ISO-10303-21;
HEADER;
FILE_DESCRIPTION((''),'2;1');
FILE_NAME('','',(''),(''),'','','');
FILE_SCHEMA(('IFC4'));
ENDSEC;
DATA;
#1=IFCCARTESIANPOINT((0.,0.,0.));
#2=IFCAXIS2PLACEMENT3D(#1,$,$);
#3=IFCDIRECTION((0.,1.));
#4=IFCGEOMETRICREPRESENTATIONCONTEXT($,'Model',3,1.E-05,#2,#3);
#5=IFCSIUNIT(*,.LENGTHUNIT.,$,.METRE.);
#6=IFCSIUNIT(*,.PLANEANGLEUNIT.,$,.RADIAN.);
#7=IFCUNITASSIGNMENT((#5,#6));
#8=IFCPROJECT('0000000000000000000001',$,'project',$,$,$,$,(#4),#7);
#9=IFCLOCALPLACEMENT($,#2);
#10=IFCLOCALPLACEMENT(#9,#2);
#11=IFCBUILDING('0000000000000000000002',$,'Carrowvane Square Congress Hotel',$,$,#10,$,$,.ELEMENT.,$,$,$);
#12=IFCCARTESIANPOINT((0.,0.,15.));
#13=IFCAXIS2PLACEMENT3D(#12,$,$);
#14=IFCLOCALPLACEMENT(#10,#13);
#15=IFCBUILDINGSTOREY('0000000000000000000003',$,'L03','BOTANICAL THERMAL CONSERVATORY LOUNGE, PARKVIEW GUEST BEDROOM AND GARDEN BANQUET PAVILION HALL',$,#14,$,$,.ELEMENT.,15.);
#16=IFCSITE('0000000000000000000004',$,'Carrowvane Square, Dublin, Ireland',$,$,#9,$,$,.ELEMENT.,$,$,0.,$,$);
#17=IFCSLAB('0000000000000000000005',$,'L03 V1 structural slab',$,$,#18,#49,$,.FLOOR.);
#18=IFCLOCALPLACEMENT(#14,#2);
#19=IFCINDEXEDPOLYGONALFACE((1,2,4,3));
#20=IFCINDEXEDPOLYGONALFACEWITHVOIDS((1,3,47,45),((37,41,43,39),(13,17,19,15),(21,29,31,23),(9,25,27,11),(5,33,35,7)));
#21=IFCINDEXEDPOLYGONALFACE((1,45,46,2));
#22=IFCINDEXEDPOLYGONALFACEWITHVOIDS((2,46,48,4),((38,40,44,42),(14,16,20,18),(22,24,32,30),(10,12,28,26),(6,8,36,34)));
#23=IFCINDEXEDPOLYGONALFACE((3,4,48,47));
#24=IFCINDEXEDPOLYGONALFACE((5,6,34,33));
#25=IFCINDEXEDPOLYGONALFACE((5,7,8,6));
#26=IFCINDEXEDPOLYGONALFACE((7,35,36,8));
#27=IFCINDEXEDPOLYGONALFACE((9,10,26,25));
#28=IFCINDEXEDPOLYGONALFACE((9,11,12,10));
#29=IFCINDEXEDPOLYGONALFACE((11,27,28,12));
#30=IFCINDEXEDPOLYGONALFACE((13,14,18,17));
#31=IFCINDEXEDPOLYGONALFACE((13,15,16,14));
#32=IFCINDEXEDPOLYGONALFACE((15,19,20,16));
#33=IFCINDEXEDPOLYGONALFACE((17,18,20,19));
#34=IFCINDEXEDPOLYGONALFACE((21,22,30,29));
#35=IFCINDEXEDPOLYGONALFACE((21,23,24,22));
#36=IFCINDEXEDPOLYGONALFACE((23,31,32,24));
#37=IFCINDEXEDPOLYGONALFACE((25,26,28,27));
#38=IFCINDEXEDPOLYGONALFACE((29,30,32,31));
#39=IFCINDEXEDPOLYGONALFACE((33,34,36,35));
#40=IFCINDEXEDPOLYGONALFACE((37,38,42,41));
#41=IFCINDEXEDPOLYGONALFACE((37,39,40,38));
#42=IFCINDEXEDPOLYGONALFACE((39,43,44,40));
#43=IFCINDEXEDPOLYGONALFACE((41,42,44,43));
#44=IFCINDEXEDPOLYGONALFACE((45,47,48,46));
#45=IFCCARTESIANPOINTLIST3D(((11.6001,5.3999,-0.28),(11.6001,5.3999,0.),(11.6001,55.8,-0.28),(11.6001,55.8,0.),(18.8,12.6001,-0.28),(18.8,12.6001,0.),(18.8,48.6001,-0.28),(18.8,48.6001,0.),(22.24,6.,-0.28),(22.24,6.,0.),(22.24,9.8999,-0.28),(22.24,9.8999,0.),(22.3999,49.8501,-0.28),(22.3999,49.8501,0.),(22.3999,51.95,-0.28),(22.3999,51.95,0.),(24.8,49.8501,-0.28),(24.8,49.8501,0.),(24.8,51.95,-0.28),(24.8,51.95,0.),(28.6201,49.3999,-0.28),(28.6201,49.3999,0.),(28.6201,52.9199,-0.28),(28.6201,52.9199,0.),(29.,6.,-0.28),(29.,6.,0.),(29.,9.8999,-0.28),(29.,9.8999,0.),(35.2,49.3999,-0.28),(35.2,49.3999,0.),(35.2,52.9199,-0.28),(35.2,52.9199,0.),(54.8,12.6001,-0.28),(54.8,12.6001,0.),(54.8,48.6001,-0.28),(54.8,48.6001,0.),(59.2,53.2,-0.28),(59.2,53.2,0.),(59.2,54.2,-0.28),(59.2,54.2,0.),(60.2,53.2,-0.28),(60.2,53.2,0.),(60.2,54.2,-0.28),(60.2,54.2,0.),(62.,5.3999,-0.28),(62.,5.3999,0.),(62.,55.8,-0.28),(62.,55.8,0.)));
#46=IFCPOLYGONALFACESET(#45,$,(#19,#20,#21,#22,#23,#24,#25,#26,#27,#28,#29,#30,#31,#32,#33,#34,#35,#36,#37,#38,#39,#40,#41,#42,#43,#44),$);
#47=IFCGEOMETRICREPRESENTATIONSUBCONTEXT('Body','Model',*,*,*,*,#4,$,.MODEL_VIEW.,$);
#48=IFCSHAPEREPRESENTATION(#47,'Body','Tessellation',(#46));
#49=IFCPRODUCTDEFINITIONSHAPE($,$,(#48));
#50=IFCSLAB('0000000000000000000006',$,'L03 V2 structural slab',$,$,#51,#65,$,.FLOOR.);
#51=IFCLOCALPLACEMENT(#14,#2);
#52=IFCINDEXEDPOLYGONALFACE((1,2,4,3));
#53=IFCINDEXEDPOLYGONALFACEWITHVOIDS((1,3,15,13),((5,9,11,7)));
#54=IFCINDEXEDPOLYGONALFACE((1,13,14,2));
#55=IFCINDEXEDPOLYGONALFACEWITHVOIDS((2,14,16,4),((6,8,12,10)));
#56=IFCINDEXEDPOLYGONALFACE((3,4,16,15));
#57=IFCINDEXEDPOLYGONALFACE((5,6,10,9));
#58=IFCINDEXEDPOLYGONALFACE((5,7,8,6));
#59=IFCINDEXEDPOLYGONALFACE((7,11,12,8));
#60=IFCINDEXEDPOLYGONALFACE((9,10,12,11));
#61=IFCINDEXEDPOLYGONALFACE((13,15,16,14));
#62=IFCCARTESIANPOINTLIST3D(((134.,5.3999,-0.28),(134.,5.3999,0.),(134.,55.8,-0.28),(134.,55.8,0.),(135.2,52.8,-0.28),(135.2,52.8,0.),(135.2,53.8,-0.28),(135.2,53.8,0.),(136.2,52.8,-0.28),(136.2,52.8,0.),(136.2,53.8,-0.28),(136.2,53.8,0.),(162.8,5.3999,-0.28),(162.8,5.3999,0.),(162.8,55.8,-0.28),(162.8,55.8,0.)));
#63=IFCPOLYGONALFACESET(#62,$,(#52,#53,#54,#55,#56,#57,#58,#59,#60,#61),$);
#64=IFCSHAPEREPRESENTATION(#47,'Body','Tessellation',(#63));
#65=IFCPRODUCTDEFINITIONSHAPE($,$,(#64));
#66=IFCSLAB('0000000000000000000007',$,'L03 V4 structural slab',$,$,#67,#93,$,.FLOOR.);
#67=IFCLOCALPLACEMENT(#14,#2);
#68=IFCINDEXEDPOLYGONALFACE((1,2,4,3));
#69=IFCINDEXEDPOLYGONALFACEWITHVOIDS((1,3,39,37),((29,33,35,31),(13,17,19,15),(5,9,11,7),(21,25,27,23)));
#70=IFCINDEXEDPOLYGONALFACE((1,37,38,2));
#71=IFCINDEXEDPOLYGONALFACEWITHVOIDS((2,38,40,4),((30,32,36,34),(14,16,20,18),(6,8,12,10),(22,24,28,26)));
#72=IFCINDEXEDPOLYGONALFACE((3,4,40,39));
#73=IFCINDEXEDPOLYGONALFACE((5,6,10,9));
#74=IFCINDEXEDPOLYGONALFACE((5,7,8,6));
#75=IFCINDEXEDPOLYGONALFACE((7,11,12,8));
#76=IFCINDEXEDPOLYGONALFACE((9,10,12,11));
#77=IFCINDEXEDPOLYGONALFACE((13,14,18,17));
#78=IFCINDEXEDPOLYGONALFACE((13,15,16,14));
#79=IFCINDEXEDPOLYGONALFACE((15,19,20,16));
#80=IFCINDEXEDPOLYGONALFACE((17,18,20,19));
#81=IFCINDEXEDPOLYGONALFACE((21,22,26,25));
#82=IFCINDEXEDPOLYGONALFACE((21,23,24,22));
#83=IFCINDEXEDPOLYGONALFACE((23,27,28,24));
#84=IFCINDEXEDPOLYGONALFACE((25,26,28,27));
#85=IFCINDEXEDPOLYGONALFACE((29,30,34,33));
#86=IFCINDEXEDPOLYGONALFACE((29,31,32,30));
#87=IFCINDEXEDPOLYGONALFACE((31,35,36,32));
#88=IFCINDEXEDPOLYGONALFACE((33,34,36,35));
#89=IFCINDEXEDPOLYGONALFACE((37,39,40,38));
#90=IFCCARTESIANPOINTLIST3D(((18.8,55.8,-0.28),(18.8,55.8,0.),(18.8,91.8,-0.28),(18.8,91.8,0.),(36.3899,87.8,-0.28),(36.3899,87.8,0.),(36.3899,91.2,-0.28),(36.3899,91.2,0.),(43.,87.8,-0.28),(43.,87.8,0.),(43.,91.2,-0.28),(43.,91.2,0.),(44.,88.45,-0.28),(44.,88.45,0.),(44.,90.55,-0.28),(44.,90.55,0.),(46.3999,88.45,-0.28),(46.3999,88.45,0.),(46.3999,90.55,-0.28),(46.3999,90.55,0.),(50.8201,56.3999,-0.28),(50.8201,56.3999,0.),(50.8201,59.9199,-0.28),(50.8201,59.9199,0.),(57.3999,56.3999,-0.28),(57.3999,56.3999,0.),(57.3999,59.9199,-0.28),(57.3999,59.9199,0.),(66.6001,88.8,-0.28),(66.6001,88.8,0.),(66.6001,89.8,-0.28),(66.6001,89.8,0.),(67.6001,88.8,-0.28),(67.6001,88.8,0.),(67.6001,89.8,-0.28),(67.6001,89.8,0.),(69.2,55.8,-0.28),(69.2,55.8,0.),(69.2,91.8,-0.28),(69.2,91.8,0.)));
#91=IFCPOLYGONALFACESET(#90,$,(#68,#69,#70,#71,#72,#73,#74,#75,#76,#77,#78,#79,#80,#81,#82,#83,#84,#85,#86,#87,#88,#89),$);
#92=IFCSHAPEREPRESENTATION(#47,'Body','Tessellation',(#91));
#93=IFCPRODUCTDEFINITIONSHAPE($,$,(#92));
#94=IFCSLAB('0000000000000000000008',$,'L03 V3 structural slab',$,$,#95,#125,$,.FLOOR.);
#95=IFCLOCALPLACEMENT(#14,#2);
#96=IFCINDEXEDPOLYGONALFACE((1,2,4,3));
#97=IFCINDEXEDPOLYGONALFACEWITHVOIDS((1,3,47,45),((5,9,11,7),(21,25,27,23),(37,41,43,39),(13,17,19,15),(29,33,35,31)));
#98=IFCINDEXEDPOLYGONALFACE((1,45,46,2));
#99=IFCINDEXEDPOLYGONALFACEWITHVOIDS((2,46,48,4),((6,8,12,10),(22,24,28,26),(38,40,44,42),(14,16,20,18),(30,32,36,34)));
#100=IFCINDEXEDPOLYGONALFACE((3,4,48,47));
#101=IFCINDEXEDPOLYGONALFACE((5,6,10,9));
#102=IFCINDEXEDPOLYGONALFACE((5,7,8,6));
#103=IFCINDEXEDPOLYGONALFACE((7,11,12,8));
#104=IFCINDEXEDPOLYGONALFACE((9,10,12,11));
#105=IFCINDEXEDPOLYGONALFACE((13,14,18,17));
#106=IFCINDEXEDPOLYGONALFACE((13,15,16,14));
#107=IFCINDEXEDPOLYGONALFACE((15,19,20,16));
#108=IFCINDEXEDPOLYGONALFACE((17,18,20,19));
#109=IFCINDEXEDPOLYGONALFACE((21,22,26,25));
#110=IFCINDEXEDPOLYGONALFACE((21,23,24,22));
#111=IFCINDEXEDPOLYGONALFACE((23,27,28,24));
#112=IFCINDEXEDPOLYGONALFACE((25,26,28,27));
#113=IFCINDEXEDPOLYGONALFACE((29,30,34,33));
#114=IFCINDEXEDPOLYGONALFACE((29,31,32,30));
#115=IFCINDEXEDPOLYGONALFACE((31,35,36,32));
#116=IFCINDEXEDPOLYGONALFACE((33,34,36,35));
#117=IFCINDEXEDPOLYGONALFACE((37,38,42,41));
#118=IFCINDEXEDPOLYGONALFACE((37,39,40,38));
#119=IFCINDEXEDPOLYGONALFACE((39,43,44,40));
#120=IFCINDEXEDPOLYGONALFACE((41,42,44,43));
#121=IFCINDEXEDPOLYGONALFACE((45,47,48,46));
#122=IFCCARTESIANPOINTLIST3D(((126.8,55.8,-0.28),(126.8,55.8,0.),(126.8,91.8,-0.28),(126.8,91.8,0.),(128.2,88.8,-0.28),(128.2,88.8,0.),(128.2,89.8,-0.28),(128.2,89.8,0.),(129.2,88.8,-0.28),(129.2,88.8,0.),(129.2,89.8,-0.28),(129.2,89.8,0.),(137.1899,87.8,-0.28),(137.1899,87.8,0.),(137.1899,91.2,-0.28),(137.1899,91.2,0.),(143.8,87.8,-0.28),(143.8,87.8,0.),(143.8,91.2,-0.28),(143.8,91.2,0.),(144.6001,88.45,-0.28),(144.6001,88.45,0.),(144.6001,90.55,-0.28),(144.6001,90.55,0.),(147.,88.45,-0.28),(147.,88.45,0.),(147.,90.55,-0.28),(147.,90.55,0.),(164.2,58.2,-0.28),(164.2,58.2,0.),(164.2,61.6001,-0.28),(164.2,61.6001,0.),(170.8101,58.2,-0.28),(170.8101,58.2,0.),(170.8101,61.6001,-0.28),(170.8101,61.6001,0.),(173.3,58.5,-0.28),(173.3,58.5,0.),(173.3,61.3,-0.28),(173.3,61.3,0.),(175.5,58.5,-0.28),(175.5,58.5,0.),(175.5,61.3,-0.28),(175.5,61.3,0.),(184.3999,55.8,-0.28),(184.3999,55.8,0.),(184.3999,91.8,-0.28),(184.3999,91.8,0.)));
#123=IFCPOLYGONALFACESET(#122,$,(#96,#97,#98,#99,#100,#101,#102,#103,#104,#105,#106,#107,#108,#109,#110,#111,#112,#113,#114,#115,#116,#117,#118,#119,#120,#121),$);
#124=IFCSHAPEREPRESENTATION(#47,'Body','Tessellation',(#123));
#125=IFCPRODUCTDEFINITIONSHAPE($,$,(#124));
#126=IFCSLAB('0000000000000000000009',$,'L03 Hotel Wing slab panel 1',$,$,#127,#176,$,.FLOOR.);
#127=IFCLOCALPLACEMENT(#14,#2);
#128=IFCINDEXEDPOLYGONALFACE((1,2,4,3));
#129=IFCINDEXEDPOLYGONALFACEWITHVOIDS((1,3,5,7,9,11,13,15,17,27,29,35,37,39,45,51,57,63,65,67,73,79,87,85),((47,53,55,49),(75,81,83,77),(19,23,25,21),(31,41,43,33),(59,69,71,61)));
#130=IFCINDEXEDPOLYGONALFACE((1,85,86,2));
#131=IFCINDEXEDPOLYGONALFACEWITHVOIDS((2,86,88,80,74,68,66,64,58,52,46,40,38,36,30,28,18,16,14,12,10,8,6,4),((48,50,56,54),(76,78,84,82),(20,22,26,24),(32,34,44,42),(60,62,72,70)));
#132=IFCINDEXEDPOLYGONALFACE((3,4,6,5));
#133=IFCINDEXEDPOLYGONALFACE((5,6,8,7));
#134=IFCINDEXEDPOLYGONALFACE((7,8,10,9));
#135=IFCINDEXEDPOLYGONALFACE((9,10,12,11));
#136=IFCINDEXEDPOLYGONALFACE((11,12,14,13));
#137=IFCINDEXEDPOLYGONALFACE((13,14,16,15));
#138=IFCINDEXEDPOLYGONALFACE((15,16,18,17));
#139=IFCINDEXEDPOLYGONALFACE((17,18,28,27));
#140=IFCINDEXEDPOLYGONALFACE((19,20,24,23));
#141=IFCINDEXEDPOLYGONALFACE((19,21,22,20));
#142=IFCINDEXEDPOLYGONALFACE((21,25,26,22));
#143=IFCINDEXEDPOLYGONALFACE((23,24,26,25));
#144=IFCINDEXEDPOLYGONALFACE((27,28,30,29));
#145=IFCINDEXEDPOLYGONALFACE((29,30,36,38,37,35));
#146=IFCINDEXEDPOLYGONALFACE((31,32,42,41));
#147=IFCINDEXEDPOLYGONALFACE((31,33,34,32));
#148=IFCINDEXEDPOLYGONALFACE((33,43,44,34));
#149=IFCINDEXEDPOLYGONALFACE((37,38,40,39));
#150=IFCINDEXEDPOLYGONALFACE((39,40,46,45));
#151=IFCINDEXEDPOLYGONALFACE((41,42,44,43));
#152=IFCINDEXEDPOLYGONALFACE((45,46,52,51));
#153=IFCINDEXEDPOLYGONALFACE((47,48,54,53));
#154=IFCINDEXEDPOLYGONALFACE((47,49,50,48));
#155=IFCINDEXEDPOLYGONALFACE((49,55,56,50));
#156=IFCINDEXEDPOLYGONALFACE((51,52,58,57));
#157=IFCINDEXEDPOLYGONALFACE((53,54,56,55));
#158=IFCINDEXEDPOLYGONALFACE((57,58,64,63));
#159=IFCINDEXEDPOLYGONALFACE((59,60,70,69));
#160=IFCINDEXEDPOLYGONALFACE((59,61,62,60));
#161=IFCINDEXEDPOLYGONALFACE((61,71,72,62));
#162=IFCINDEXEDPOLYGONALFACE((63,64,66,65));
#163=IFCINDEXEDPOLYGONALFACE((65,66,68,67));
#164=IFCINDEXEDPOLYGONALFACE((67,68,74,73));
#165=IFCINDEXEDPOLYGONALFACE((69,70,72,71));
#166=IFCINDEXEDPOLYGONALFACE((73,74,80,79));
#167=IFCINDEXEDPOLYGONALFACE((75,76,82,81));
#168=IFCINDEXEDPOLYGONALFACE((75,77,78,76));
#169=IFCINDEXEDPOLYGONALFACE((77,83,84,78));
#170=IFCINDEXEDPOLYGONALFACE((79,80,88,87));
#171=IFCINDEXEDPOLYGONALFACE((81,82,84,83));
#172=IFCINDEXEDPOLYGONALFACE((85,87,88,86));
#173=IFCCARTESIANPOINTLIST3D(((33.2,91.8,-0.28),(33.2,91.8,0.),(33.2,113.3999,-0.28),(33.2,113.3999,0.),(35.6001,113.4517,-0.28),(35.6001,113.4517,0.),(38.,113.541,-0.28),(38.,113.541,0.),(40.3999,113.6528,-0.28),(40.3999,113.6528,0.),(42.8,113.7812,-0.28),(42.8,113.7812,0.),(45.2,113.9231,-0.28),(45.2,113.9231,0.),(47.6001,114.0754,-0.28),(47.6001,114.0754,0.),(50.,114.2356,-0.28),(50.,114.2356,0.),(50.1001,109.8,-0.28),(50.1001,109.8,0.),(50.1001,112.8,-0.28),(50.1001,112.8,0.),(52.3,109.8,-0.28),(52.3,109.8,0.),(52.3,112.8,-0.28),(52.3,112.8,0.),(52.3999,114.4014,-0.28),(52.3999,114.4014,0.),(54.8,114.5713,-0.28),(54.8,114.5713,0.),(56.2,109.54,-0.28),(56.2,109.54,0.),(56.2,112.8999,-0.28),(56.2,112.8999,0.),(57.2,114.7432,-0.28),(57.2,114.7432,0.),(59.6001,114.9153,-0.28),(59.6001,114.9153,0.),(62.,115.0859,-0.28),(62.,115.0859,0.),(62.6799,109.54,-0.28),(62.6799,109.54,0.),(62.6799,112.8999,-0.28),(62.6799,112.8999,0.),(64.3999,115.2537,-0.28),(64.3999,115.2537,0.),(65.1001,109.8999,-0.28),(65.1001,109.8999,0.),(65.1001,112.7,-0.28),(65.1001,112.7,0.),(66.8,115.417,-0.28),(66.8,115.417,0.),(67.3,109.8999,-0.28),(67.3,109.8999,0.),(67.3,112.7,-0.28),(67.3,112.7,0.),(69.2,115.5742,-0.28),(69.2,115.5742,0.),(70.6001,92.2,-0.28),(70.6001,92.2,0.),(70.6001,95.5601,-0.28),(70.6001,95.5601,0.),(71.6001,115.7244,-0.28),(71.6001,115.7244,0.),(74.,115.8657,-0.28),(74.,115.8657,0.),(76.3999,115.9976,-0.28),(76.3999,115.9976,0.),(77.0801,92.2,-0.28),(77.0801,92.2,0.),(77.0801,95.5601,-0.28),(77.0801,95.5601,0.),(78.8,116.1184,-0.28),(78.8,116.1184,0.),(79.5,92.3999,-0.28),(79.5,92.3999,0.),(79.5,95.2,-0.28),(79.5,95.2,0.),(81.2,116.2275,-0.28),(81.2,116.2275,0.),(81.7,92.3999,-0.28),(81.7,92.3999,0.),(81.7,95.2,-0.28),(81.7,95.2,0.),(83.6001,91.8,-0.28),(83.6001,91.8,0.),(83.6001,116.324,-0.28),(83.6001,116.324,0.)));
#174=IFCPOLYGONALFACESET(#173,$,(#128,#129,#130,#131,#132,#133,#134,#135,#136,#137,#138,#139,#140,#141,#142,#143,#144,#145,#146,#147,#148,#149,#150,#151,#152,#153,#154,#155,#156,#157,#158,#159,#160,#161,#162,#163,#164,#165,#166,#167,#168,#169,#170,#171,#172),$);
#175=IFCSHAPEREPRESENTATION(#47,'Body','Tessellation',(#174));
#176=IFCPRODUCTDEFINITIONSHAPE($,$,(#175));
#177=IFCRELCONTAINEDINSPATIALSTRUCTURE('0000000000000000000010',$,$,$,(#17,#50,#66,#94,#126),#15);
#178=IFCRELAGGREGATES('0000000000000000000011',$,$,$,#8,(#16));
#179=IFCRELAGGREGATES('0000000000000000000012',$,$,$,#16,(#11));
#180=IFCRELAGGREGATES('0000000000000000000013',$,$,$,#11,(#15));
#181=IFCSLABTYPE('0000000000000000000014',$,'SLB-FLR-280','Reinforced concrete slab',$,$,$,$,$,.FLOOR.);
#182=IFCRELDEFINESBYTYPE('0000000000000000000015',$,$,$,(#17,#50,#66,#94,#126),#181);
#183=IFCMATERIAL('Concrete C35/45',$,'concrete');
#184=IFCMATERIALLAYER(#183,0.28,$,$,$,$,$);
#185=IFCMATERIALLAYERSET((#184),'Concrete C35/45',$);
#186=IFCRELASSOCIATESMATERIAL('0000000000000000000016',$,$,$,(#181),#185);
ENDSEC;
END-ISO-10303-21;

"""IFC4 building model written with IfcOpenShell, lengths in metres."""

from ifc_helpers import new_model, si_unit, direction, frame, origin, place, context, subcontext, project, spatial, polyline, outline, extrude, material, layer, layer_set, type_object, element, save


model = new_model("IFC4")

# Units and contexts
model_context = context("Model", 3, precision=1e-05, world=origin(), true_north=direction((0.0, 1.0)))
body_context = subcontext(model_context, "Body", "Model", "MODEL_VIEW")
ifc_project = project(units=[si_unit("LENGTHUNIT", "METRE"), si_unit("PLANEANGLEUNIT", "RADIAN")], contexts=[model_context])

# Site, building, storey
site_placement = place(None, origin())
site = spatial("IfcSite", under=ifc_project, at=site_placement, Name="Carrowvane Square, Dublin, Ireland", CompositionType="ELEMENT", RefElevation=0.0)
building_placement = place(site_placement, origin())
building = spatial("IfcBuilding", under=site, at=building_placement, Name="Carrowvane Square Congress Hotel", CompositionType="ELEMENT")
storey_placement = place(building_placement, frame((0.0, 0.0, 15.0)))
storey = spatial("IfcBuildingStorey", under=building, at=storey_placement, Name="L03", Description="BOTANICAL THERMAL CONSERVATORY LOUNGE, PARKVIEW GUEST BEDROOM AND GARDEN BANQUET PAVILION HALL", CompositionType="ELEMENT", Elevation=15.0)

# Slabs
ifc_material_1 = material(Name="Concrete C35/45", Category="concrete")
ifc_layer_1 = layer(ifc_material_1, 0.28)
ifc_layer_set_1 = layer_set([ifc_layer_1], Name="Concrete C35/45")
slab_type_1 = type_object("IfcSlabType", Name="SLB-FLR-280", Description="Reinforced concrete slab", PredefinedType="FLOOR", material=ifc_layer_set_1)
slab_1_placement = place(storey_placement, frame((0.0, 0.0, -0.28)))
element("IfcSlab", 1, at=slab_1_placement, inside=storey, type_object=slab_type_1, Name="L03 V1 structural slab", PredefinedType="FLOOR", context=body_context, shape_type="SweptSolid", body=[
    extrude(outline(polyline([(11.6001, 5.3999), (62.0, 5.3999), (62.0, 55.8), (11.6001, 55.8), (11.6001, 5.3999)]), holes=[polyline([(28.6201, 49.3999), (35.2, 49.3999), (35.2, 52.9199), (28.6201, 52.9199), (28.6201, 49.3999)]), polyline([(22.24, 6.0), (29.0, 6.0), (29.0, 9.8999), (22.24, 9.8999), (22.24, 6.0)]), polyline([(59.2, 53.2), (60.2, 53.2), (60.2, 54.2), (59.2, 54.2), (59.2, 53.2)]), polyline([(22.3999, 49.8501), (24.8, 49.8501), (24.8, 51.95), (22.3999, 51.95), (22.3999, 49.8501)]), polyline([(18.8, 12.6001), (54.8, 12.6001), (54.8, 48.6001), (18.8, 48.6001), (18.8, 12.6001)])]), origin(), (0.0, 0.0, 1.0), 0.28),
])
slab_2_placement = place(storey_placement, frame((0.0, 0.0, -0.28)))
element("IfcSlab", 2, at=slab_2_placement, inside=storey, type_object=slab_type_1, Name="L03 V2 structural slab", PredefinedType="FLOOR", context=body_context, shape_type="SweptSolid", body=[
    extrude(outline(polyline([(134.0, 5.3999), (162.8, 5.3999), (162.8, 55.8), (134.0, 55.8), (134.0, 5.3999)]), holes=[polyline([(135.2, 52.8), (136.2, 52.8), (136.2, 53.8), (135.2, 53.8), (135.2, 52.8)])]), origin(), (0.0, 0.0, 1.0), 0.28),
])
slab_3_placement = place(storey_placement, frame((0.0, 0.0, -0.28)))
element("IfcSlab", 3, at=slab_3_placement, inside=storey, type_object=slab_type_1, Name="L03 V4 structural slab", PredefinedType="FLOOR", context=body_context, shape_type="SweptSolid", body=[
    extrude(outline(polyline([(18.8, 55.8), (69.2, 55.8), (69.2, 91.8), (18.8, 91.8), (18.8, 55.8)]), holes=[polyline([(36.3899, 87.8), (43.0, 87.8), (43.0, 91.2), (36.3899, 91.2), (36.3899, 87.8)]), polyline([(50.8201, 56.3999), (57.3999, 56.3999), (57.3999, 59.9199), (50.8201, 59.9199), (50.8201, 56.3999)]), polyline([(66.6001, 88.8), (67.6001, 88.8), (67.6001, 89.8), (66.6001, 89.8), (66.6001, 88.8)]), polyline([(44.0, 88.45), (46.3999, 88.45), (46.3999, 90.55), (44.0, 90.55), (44.0, 88.45)])]), origin(), (0.0, 0.0, 1.0), 0.28),
])
slab_4_placement = place(storey_placement, frame((0.0, 0.0, -0.28)))
element("IfcSlab", 4, at=slab_4_placement, inside=storey, type_object=slab_type_1, Name="L03 V3 structural slab", PredefinedType="FLOOR", context=body_context, shape_type="SweptSolid", body=[
    extrude(outline(polyline([(126.8, 55.8), (184.3999, 55.8), (184.3999, 91.8), (126.8, 91.8), (126.8, 55.8)]), holes=[polyline([(170.8101, 61.6001), (164.2, 61.6001), (164.2, 58.2), (170.8101, 58.2), (170.8101, 61.6001)]), polyline([(137.1899, 87.8), (143.8, 87.8), (143.8, 91.2), (137.1899, 91.2), (137.1899, 87.8)]), polyline([(128.2, 88.8), (129.2, 88.8), (129.2, 89.8), (128.2, 89.8), (128.2, 88.8)]), polyline([(173.3, 58.5), (175.5, 58.5), (175.5, 61.3), (173.3, 61.3), (173.3, 58.5)]), polyline([(144.6001, 88.45), (147.0, 88.45), (147.0, 90.55), (144.6001, 90.55), (144.6001, 88.45)])]), origin(), (0.0, 0.0, 1.0), 0.28),
])
slab_5_placement = place(storey_placement, frame((0.0, 0.0, -0.28)))
element("IfcSlab", 5, at=slab_5_placement, inside=storey, type_object=slab_type_1, Name="L03 Hotel Wing slab panel 1", PredefinedType="FLOOR", context=body_context, shape_type="SweptSolid", body=[
    extrude(outline(polyline([(33.2, 91.8), (83.6001, 91.8), (83.6001, 116.324), (81.2, 116.2275), (78.8, 116.1184), (76.3999, 115.9976), (74.0, 115.8657), (71.6001, 115.7244), (69.2, 115.5742), (66.8, 115.417), (64.3999, 115.2537), (62.0, 115.0859), (59.6001, 114.9153), (57.2, 114.7432), (54.8, 114.5713), (52.3999, 114.4014), (50.0, 114.2356), (47.6001, 114.0754), (45.2, 113.9231), (42.8, 113.7812), (40.3999, 113.6528), (38.0, 113.541), (35.6001, 113.4517), (33.2, 113.3999), (33.2, 91.8)]), holes=[polyline([(62.6799, 112.8999), (56.2, 112.8999), (56.2, 109.54), (62.6799, 109.54), (62.6799, 112.8999)]), polyline([(77.0801, 95.5601), (70.6001, 95.5601), (70.6001, 92.2), (77.0801, 92.2), (77.0801, 95.5601)]), polyline([(65.1001, 109.8999), (67.3, 109.8999), (67.3, 112.7), (65.1001, 112.7), (65.1001, 109.8999)]), polyline([(79.5, 92.3999), (81.7, 92.3999), (81.7, 95.2), (79.5, 95.2), (79.5, 92.3999)]), polyline([(50.1001, 109.8), (52.3, 109.8), (52.3, 112.8), (50.1001, 112.8), (50.1001, 109.8)])]), origin(), (0.0, 0.0, 1.0), 0.28),
])

save(model, "model.ifc")
